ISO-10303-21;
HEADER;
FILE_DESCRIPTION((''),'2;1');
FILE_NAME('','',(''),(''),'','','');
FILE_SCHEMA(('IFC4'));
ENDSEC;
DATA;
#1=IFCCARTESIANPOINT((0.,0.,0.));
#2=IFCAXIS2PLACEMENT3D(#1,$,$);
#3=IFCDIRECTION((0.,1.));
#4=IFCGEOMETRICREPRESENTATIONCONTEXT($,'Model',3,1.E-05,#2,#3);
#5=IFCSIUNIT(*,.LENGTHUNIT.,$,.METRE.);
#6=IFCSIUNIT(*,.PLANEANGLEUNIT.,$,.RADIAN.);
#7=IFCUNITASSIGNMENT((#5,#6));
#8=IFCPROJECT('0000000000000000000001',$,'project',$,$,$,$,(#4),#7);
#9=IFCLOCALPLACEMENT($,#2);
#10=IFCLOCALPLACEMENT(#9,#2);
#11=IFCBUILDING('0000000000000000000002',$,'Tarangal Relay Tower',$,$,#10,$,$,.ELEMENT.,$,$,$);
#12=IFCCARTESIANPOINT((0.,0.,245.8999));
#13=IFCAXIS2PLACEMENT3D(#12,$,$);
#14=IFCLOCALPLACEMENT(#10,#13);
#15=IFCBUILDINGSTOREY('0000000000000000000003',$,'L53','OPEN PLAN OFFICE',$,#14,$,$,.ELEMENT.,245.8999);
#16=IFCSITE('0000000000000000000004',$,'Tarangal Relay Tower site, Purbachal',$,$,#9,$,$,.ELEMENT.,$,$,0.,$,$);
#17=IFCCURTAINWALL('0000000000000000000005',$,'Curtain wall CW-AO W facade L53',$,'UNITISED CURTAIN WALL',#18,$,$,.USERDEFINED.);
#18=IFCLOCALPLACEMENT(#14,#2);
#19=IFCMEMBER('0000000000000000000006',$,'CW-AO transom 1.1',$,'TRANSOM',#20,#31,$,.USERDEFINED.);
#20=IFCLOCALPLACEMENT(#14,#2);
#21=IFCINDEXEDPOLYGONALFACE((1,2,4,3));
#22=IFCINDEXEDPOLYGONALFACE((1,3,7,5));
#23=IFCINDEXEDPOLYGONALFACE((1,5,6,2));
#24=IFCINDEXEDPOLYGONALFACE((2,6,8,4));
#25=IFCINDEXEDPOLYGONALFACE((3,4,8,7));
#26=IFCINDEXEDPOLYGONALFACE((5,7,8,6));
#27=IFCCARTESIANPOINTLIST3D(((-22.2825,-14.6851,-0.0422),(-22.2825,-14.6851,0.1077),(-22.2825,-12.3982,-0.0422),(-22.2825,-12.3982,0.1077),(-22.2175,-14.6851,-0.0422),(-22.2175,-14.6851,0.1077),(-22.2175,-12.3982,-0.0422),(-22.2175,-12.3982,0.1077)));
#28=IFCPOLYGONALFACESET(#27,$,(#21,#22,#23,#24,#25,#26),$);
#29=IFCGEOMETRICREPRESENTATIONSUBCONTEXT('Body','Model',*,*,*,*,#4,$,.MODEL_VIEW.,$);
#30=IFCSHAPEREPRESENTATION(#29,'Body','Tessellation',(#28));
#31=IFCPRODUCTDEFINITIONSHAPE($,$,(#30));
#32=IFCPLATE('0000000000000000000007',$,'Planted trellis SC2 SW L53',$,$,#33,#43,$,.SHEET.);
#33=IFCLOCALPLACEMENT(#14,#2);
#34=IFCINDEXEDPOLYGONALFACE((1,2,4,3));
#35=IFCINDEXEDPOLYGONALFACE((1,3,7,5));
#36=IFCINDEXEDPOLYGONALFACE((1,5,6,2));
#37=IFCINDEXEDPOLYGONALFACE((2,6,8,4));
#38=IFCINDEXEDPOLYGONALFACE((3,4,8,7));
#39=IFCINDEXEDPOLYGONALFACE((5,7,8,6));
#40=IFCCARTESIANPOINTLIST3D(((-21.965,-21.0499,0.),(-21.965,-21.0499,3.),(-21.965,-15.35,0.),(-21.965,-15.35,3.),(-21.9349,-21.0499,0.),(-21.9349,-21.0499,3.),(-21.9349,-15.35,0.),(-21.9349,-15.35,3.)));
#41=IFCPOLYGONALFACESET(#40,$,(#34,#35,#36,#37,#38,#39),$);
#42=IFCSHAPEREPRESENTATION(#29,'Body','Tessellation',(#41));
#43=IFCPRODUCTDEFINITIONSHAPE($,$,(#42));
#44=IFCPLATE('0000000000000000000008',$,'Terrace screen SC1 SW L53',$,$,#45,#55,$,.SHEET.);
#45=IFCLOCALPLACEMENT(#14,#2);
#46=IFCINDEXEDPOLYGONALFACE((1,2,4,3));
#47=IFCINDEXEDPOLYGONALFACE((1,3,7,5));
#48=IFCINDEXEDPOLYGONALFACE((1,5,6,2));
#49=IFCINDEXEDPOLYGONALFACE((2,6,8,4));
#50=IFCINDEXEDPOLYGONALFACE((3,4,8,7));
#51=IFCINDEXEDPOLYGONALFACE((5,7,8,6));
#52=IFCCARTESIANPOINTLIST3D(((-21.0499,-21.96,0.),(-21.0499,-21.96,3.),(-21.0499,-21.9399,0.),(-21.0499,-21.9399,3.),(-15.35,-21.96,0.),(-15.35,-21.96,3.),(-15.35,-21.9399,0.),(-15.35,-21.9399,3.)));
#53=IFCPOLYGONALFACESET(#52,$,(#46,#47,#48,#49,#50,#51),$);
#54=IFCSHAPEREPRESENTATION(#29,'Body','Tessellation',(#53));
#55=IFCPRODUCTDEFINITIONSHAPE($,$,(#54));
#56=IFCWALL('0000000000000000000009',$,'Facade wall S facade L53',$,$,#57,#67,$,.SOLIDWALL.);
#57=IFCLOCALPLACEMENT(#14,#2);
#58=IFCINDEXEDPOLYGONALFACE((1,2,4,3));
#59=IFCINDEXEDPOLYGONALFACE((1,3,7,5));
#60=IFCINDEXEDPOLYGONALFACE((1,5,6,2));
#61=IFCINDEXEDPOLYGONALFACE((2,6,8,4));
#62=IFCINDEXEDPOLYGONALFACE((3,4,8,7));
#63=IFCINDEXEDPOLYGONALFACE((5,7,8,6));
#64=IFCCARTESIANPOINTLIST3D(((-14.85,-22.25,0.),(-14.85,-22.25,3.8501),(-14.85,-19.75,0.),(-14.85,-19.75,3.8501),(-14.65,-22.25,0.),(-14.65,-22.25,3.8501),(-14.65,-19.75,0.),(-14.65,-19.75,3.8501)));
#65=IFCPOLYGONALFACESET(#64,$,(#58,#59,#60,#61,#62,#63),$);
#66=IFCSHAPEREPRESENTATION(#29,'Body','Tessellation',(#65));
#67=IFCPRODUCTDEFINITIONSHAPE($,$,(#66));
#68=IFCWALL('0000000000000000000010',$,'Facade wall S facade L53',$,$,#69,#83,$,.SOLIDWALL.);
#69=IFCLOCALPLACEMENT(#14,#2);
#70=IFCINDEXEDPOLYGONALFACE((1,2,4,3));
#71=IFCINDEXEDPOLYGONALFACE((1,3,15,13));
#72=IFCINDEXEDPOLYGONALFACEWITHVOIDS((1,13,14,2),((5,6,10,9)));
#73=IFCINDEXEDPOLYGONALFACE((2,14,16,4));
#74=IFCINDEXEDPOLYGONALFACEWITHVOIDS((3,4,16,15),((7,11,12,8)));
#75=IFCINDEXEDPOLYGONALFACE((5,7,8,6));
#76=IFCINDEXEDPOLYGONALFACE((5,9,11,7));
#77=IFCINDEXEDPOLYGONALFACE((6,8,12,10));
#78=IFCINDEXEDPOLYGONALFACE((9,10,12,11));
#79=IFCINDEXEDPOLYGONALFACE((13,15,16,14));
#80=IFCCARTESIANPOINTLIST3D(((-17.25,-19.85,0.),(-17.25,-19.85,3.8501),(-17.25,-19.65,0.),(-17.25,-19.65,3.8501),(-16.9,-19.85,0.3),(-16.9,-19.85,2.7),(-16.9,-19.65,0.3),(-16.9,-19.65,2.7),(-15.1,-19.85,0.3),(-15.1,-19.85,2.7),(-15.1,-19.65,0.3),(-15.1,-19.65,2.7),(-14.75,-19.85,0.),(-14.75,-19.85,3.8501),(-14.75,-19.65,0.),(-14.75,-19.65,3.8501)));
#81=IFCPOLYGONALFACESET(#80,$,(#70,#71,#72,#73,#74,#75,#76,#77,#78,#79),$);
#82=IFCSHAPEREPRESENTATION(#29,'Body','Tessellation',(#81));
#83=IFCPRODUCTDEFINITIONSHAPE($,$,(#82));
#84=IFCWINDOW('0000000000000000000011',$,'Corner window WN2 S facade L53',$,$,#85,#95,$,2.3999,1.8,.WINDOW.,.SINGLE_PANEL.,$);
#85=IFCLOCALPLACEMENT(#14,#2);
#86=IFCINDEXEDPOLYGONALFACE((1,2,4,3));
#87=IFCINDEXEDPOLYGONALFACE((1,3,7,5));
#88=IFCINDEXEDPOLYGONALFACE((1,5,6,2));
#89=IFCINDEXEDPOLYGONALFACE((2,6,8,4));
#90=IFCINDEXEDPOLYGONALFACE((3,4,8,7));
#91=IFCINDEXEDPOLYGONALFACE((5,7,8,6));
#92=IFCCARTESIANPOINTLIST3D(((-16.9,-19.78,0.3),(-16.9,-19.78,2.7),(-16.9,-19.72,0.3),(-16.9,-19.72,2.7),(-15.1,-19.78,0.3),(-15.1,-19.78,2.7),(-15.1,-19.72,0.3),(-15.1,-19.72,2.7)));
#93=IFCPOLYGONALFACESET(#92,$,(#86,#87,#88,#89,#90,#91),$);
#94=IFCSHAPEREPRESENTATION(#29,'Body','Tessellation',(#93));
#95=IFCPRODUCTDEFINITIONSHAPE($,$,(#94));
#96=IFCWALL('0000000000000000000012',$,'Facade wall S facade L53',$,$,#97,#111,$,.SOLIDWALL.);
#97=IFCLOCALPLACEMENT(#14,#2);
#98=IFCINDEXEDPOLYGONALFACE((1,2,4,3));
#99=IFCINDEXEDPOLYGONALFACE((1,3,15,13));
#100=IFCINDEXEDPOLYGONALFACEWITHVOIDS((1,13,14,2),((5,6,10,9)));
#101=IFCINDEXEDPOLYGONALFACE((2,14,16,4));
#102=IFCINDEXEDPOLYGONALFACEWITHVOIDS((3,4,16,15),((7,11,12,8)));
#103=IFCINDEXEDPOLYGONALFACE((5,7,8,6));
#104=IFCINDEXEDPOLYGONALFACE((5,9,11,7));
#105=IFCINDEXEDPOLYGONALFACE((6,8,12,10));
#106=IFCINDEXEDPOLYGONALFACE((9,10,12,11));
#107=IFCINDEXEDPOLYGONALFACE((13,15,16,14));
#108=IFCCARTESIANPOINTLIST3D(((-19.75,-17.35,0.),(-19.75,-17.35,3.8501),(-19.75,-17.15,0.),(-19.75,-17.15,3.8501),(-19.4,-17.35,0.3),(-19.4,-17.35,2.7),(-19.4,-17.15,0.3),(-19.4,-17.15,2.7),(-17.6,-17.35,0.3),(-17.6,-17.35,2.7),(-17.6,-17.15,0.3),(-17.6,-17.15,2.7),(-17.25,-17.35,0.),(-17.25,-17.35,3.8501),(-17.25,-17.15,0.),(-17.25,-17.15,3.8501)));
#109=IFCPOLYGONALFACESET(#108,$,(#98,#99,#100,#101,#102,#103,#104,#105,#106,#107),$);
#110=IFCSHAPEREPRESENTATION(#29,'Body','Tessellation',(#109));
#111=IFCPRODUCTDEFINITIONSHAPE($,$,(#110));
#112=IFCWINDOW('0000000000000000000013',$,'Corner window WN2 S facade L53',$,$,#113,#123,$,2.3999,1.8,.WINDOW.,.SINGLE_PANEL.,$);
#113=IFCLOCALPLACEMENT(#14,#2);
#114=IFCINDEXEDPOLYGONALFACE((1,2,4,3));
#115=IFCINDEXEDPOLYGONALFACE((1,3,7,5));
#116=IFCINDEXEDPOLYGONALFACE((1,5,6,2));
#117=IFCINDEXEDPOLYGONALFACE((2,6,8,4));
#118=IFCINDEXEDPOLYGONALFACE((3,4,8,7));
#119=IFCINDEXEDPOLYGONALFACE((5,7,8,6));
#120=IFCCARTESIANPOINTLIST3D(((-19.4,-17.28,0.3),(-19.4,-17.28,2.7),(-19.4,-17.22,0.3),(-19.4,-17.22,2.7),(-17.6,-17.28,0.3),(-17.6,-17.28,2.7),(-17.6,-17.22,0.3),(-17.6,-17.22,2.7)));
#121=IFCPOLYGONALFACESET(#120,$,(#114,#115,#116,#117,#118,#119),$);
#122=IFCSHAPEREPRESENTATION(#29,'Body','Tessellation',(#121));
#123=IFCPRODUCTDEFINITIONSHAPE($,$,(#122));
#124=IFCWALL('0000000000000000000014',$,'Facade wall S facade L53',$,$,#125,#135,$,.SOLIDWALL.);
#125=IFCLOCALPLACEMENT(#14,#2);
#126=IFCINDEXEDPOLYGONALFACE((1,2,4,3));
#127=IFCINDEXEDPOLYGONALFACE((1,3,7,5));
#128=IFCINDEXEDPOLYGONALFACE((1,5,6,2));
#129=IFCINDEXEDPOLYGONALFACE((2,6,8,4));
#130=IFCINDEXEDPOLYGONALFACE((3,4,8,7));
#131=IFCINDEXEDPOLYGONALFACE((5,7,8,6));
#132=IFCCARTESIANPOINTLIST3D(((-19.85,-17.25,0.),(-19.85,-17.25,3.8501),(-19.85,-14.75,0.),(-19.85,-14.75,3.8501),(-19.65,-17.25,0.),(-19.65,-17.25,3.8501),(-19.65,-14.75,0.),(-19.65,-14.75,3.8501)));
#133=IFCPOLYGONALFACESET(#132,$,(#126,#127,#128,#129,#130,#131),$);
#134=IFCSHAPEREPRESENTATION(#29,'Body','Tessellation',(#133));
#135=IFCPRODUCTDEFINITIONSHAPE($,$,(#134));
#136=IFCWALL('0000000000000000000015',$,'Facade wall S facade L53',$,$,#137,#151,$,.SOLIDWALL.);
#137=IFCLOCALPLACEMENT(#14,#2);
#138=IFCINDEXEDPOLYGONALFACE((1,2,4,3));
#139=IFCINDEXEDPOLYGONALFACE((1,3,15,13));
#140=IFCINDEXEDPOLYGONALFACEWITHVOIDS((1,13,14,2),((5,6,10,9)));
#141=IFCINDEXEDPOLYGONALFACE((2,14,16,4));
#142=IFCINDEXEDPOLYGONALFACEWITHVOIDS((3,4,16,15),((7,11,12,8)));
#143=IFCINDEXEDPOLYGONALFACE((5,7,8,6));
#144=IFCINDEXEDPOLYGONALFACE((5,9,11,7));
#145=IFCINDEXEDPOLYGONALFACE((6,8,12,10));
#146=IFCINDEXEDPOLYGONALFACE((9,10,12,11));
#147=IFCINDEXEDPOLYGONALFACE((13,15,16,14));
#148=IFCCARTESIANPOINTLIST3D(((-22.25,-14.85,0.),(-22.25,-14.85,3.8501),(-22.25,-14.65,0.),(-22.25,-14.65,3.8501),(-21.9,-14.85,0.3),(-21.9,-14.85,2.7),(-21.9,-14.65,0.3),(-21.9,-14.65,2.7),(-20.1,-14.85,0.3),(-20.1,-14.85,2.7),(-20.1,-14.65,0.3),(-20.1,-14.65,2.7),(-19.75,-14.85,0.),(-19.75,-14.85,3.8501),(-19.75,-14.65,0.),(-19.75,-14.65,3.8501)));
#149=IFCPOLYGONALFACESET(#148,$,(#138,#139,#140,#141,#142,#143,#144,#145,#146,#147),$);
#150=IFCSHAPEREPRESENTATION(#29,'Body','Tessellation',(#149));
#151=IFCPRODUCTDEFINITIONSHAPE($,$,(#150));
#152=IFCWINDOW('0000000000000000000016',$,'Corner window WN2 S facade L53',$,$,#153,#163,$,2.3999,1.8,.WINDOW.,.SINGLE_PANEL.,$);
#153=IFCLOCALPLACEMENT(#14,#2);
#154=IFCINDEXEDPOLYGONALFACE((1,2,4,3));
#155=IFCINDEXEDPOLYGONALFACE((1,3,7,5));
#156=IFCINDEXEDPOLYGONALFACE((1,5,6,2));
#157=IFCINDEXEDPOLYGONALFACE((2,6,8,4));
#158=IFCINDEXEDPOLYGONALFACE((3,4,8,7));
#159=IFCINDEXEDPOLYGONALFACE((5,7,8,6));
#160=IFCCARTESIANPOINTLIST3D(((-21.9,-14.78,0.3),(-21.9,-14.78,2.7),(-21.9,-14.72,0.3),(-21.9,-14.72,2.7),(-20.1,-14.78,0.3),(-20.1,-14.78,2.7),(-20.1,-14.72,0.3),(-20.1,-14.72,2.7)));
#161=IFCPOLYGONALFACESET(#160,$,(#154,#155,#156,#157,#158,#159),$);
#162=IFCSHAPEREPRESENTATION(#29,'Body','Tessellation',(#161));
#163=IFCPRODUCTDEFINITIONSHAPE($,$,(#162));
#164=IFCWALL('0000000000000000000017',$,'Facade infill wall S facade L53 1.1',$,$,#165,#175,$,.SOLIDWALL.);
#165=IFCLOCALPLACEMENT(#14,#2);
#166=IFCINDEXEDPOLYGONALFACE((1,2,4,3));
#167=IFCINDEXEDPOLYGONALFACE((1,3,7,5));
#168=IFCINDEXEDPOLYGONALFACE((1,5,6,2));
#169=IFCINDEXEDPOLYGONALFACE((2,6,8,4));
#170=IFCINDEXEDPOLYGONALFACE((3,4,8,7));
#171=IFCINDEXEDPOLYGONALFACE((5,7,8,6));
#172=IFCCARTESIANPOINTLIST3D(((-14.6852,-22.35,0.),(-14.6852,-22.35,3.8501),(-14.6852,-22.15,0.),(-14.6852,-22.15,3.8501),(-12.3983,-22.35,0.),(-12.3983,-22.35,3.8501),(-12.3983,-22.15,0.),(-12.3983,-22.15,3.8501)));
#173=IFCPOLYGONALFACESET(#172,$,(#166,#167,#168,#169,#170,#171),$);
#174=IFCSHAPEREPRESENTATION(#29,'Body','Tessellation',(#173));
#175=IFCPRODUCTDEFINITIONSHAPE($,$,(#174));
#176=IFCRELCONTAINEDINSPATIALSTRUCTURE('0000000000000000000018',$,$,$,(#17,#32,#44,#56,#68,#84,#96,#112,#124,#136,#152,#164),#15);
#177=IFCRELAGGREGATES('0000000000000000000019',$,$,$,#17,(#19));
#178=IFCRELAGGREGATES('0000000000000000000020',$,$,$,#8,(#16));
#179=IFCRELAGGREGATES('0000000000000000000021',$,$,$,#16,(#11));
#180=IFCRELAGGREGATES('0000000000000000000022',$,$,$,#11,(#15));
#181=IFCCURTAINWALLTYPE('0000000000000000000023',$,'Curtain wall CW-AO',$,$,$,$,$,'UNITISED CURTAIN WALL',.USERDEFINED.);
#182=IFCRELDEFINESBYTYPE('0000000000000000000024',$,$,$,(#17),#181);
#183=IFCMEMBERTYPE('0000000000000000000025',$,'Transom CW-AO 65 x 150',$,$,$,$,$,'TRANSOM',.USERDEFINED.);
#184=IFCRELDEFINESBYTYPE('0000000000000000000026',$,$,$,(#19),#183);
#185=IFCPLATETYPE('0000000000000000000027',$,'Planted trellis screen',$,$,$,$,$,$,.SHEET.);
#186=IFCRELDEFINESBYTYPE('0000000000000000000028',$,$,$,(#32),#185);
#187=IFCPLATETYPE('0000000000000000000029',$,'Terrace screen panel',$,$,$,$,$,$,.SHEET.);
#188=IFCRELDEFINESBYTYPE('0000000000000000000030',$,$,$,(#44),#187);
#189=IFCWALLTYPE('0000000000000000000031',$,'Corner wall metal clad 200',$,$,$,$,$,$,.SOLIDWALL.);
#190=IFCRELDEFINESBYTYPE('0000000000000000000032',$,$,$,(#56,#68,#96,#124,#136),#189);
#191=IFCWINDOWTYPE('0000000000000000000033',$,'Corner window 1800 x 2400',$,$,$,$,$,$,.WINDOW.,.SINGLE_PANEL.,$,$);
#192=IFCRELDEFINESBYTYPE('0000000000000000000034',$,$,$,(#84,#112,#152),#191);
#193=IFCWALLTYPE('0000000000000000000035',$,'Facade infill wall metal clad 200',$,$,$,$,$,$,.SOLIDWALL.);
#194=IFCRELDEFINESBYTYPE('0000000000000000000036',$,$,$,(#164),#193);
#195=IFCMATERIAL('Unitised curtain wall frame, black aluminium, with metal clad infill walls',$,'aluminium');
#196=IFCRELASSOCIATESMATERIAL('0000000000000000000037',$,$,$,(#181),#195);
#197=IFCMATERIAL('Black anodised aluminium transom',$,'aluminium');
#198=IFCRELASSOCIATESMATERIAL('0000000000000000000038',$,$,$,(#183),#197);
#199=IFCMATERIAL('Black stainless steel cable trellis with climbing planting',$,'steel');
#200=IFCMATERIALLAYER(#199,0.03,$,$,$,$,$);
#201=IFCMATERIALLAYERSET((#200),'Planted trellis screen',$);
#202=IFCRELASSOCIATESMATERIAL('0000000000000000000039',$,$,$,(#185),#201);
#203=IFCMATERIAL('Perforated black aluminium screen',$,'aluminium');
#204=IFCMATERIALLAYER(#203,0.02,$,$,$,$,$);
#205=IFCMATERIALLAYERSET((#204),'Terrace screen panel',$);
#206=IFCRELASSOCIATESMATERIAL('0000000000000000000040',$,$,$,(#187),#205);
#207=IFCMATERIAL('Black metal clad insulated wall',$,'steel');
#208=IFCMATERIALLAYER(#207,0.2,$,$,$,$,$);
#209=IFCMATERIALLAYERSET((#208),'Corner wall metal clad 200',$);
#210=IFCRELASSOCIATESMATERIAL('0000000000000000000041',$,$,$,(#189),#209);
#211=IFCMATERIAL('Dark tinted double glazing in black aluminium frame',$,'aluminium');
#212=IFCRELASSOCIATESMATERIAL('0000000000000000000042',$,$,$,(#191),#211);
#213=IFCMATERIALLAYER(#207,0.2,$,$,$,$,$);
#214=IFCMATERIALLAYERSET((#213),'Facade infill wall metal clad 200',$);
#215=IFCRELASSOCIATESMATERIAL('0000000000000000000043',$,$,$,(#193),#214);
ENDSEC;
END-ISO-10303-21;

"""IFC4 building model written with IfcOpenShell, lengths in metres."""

from ifc_helpers import new_model, si_unit, direction, frame, frame_2d, origin, origin_2d, place, context, subcontext, project, spatial, rectangle, extrude, material, layer, layer_set, material_profile, profile_set, type_object, element, fill, aggregate, save


model = new_model("IFC4")

# Units and contexts
model_context = context("Model", 3, precision=1e-05, world=origin(), true_north=direction((0.0, 1.0)))
body_context = subcontext(model_context, "Body", "Model", "MODEL_VIEW")
ifc_project = project(units=[si_unit("LENGTHUNIT", "METRE"), si_unit("PLANEANGLEUNIT", "RADIAN")], contexts=[model_context])

# Site, building, storey
site_placement = place(None, origin())
site = spatial("IfcSite", under=ifc_project, at=site_placement, Name="Tarangal Relay Tower site, Purbachal", CompositionType="ELEMENT", RefElevation=0.0)
building_placement = place(site_placement, origin())
building = spatial("IfcBuilding", under=site, at=building_placement, Name="Tarangal Relay Tower", CompositionType="ELEMENT")
storey_placement = place(building_placement, frame((0.0, 0.0, 245.8999)))
storey = spatial("IfcBuildingStorey", under=building, at=storey_placement, Name="L53", Description="OPEN PLAN OFFICE", CompositionType="ELEMENT", Elevation=245.8999)

# Curtain wall
ifc_material_1 = material(Name="Unitised curtain wall frame, black aluminium, with metal clad infill walls", Category="aluminium")
curtain_wall_type_1 = type_object("IfcCurtainWallType", Name="Curtain wall CW-AO", ElementType="UNITISED CURTAIN WALL", PredefinedType="USERDEFINED", material=ifc_material_1)
curtain_wall_1_placement = place(storey_placement, origin())
curtain_wall_1 = element("IfcCurtainWall", 1, at=curtain_wall_1_placement, inside=storey, type_object=curtain_wall_type_1, Name="Curtain wall CW-AO W facade L53", ObjectType="UNITISED CURTAIN WALL", PredefinedType="USERDEFINED")

# Member
ifc_material_2 = material(Name="Black anodised aluminium transom", Category="aluminium")
ifc_material_profile_1 = material_profile(ifc_material_2, rectangle(XDim=0.0649, YDim=0.1499, at=origin_2d()), Name="CW-AOT 65X150")
ifc_profile_set_1 = profile_set([ifc_material_profile_1], Name="Black anodised aluminium transom")
member_type_1 = type_object("IfcMemberType", Name="Transom CW-AO 65 x 150", ElementType="TRANSOM", PredefinedType="USERDEFINED", material=ifc_profile_set_1)
member_1_placement = place(storey_placement, frame((-22.25, -14.6851, 0.0327), z_axis=(0.0, 1.0, 0.0), x_axis=(-1.0, 0.0, 0.0)))
member_1 = element("IfcMember", 2, at=member_1_placement, type_object=member_type_1, Name="CW-AO transom 1.1", ObjectType="TRANSOM", PredefinedType="USERDEFINED", context=body_context, shape_type="SweptSolid", body=[
    extrude(rectangle(XDim=0.0649, YDim=0.1499, at=origin_2d()), origin(), (0.0, 0.0, 1.0), 2.2869),
])
aggregate(curtain_wall_1, [member_1])

# Plates
ifc_material_3 = material(Name="Black stainless steel cable trellis with climbing planting", Category="steel")
ifc_layer_1 = layer(ifc_material_3, 0.03)
ifc_layer_set_1 = layer_set([ifc_layer_1], Name="Planted trellis screen")
plate_type_1 = type_object("IfcPlateType", Name="Planted trellis screen", PredefinedType="SHEET", material=ifc_layer_set_1)
plate_1_placement = place(storey_placement, frame((-21.95, -18.2, 0.0), z_axis=(0.0, 0.0, 1.0), x_axis=(0.0, 1.0, 0.0)))
element("IfcPlate", 3, at=plate_1_placement, inside=storey, type_object=plate_type_1, Name="Planted trellis SC2 SW L53", PredefinedType="SHEET", context=body_context, shape_type="SweptSolid", body=[
    extrude(rectangle(XDim=5.7, YDim=0.03, at=origin_2d()), origin(), (0.0, 0.0, 1.0), 3.0),
])
ifc_material_4 = material(Name="Perforated black aluminium screen", Category="aluminium")
ifc_layer_2 = layer(ifc_material_4, 0.02)
ifc_layer_set_2 = layer_set([ifc_layer_2], Name="Terrace screen panel")
plate_type_2 = type_object("IfcPlateType", Name="Terrace screen panel", PredefinedType="SHEET", material=ifc_layer_set_2)
plate_2_placement = place(storey_placement, frame((-18.2, -21.95, 0.0), z_axis=(0.0, 0.0, 1.0), x_axis=(-1.0, 0.0, 0.0)))
element("IfcPlate", 4, at=plate_2_placement, inside=storey, type_object=plate_type_2, Name="Terrace screen SC1 SW L53", PredefinedType="SHEET", context=body_context, shape_type="SweptSolid", body=[
    extrude(rectangle(XDim=5.7, YDim=0.02, at=origin_2d()), origin(), (0.0, 0.0, 1.0), 3.0),
])

# Wall
ifc_material_5 = material(Name="Black metal clad insulated wall", Category="steel")
ifc_layer_3 = layer(ifc_material_5, 0.2)
ifc_layer_set_3 = layer_set([ifc_layer_3], Name="Corner wall metal clad 200")
wall_type_1 = type_object("IfcWallType", Name="Corner wall metal clad 200", PredefinedType="SOLIDWALL", material=ifc_layer_set_3)
wall_1_placement = place(storey_placement, frame((-14.75, -22.25, 0.0), z_axis=(0.0, 0.0, 1.0), x_axis=(0.0, 1.0, 0.0)))
element("IfcWall", 5, at=wall_1_placement, inside=storey, type_object=wall_type_1, Name="Facade wall S facade L53", PredefinedType="SOLIDWALL", context=body_context, shape_type="SweptSolid", body=[
    extrude(rectangle(XDim=2.5, YDim=0.2, at=frame_2d((1.25, 0.0))), origin(), (0.0, 0.0, 1.0), 3.8501),
])

# Wall, opening, window
wall_2_placement = place(storey_placement, frame((-14.75, -19.75, 0.0), z_axis=(0.0, 0.0, 1.0), x_axis=(-1.0, 0.0, 0.0)))
wall_2 = element("IfcWall", 6, at=wall_2_placement, inside=storey, type_object=wall_type_1, Name="Facade wall S facade L53", PredefinedType="SOLIDWALL", context=body_context, shape_type="SweptSolid", body=[
    extrude(rectangle(XDim=2.5, YDim=0.2, at=frame_2d((1.25, 0.0))), origin(), (0.0, 0.0, 1.0), 3.8501),
])
opening_1_placement = place(wall_2_placement, frame((0.3501, 0.0, 0.3)))
opening_1 = element("IfcOpeningElement", 7, at=opening_1_placement, cuts=wall_2, PredefinedType="OPENING", context=body_context, shape_type="SweptSolid", body=[
    extrude(rectangle(XDim=1.8, YDim=2.3999, at=frame_2d((0.8999, 1.2))), frame((0.0, 0.1099, 0.0), z_axis=(0.0, -1.0, 0.0), x_axis=(1.0, 0.0, 0.0)), (0.0, 0.0, 1.0), 0.22),
])
ifc_material_6 = material(Name="Dark tinted double glazing in black aluminium frame", Category="aluminium")
window_type = type_object("IfcWindowType", Name="Corner window 1800 x 2400", PartitioningType="SINGLE_PANEL", PredefinedType="WINDOW", material=ifc_material_6)
window_1_placement = place(opening_1_placement, origin())
window_1 = element("IfcWindow", 8, at=window_1_placement, inside=storey, type_object=window_type, Name="Corner window WN2 S facade L53", OverallHeight=2.3999, OverallWidth=1.8, PartitioningType="SINGLE_PANEL", PredefinedType="WINDOW", context=body_context, shape_type="SweptSolid", body=[
    extrude(rectangle(XDim=1.8, YDim=2.3999, at=frame_2d((0.8999, 1.2))), frame((0.0, 0.03, 0.0), z_axis=(0.0, -1.0, 0.0), x_axis=(1.0, 0.0, 0.0)), (0.0, 0.0, 1.0), 0.0601),
])
fill(opening_1, window_1)

# Wall, opening, window
wall_3_placement = place(storey_placement, frame((-17.25, -17.25, 0.0), z_axis=(0.0, 0.0, 1.0), x_axis=(-1.0, 0.0, 0.0)))
wall_3 = element("IfcWall", 9, at=wall_3_placement, inside=storey, type_object=wall_type_1, Name="Facade wall S facade L53", PredefinedType="SOLIDWALL", context=body_context, shape_type="SweptSolid", body=[
    extrude(rectangle(XDim=2.5, YDim=0.2, at=frame_2d((1.25, 0.0))), origin(), (0.0, 0.0, 1.0), 3.8501),
])
opening_2_placement = place(wall_3_placement, frame((0.3501, 0.0, 0.3)))
opening_2 = element("IfcOpeningElement", 10, at=opening_2_placement, cuts=wall_3, PredefinedType="OPENING", context=body_context, shape_type="SweptSolid", body=[
    extrude(rectangle(XDim=1.8, YDim=2.3999, at=frame_2d((0.8999, 1.2))), frame((0.0, 0.1099, 0.0), z_axis=(0.0, -1.0, 0.0), x_axis=(1.0, 0.0, 0.0)), (0.0, 0.0, 1.0), 0.22),
])
window_2_placement = place(opening_2_placement, origin())
window_2 = element("IfcWindow", 11, at=window_2_placement, inside=storey, type_object=window_type, Name="Corner window WN2 S facade L53", OverallHeight=2.3999, OverallWidth=1.8, PartitioningType="SINGLE_PANEL", PredefinedType="WINDOW", context=body_context, shape_type="SweptSolid", body=[
    extrude(rectangle(XDim=1.8, YDim=2.3999, at=frame_2d((0.8999, 1.2))), frame((0.0, 0.03, 0.0), z_axis=(0.0, -1.0, 0.0), x_axis=(1.0, 0.0, 0.0)), (0.0, 0.0, 1.0), 0.0601),
])
fill(opening_2, window_2)

# Wall
wall_4_placement = place(storey_placement, frame((-19.75, -17.25, 0.0), z_axis=(0.0, 0.0, 1.0), x_axis=(0.0, 1.0, 0.0)))
element("IfcWall", 12, at=wall_4_placement, inside=storey, type_object=wall_type_1, Name="Facade wall S facade L53", PredefinedType="SOLIDWALL", context=body_context, shape_type="SweptSolid", body=[
    extrude(rectangle(XDim=2.5, YDim=0.2, at=frame_2d((1.25, 0.0))), origin(), (0.0, 0.0, 1.0), 3.8501),
])

# Wall, opening, window
wall_5_placement = place(storey_placement, frame((-19.75, -14.75, 0.0), z_axis=(0.0, 0.0, 1.0), x_axis=(-1.0, 0.0, 0.0)))
wall_5 = element("IfcWall", 13, at=wall_5_placement, inside=storey, type_object=wall_type_1, Name="Facade wall S facade L53", PredefinedType="SOLIDWALL", context=body_context, shape_type="SweptSolid", body=[
    extrude(rectangle(XDim=2.5, YDim=0.2, at=frame_2d((1.25, 0.0))), origin(), (0.0, 0.0, 1.0), 3.8501),
])
opening_3_placement = place(wall_5_placement, frame((0.3501, 0.0, 0.3)))
opening_3 = element("IfcOpeningElement", 14, at=opening_3_placement, cuts=wall_5, PredefinedType="OPENING", context=body_context, shape_type="SweptSolid", body=[
    extrude(rectangle(XDim=1.8, YDim=2.3999, at=frame_2d((0.8999, 1.2))), frame((0.0, 0.1099, 0.0), z_axis=(0.0, -1.0, 0.0), x_axis=(1.0, 0.0, 0.0)), (0.0, 0.0, 1.0), 0.22),
])
window_3_placement = place(opening_3_placement, origin())
window_3 = element("IfcWindow", 15, at=window_3_placement, inside=storey, type_object=window_type, Name="Corner window WN2 S facade L53", OverallHeight=2.3999, OverallWidth=1.8, PartitioningType="SINGLE_PANEL", PredefinedType="WINDOW", context=body_context, shape_type="SweptSolid", body=[
    extrude(rectangle(XDim=1.8, YDim=2.3999, at=frame_2d((0.8999, 1.2))), frame((0.0, 0.03, 0.0), z_axis=(0.0, -1.0, 0.0), x_axis=(1.0, 0.0, 0.0)), (0.0, 0.0, 1.0), 0.0601),
])
fill(opening_3, window_3)

# Wall
ifc_layer_4 = layer(ifc_material_5, 0.2)
ifc_layer_set_4 = layer_set([ifc_layer_4], Name="Facade infill wall metal clad 200")
wall_type_2 = type_object("IfcWallType", Name="Facade infill wall metal clad 200", PredefinedType="SOLIDWALL", material=ifc_layer_set_4)
for number, where, z_axis, x_axis, name in (
    (16, (-12.3982, -22.25, 0.0), (0.0, 0.0, 1.0), (-1.0, 0.0, 0.0), "Facade infill wall S facade L53 1.1"),
):
    element("IfcWall", number, at=place(storey_placement, frame(where, z_axis=z_axis, x_axis=x_axis)), inside=storey, type_object=wall_type_2, Name=name, PredefinedType="SOLIDWALL", context=body_context, shape_type="SweptSolid", body=[
        extrude(rectangle(XDim=2.2869, YDim=0.2, at=frame_2d((1.1436, 0.0))), origin(), (0.0, 0.0, 1.0), 3.8501),
    ])

save(model, "model.ifc")
